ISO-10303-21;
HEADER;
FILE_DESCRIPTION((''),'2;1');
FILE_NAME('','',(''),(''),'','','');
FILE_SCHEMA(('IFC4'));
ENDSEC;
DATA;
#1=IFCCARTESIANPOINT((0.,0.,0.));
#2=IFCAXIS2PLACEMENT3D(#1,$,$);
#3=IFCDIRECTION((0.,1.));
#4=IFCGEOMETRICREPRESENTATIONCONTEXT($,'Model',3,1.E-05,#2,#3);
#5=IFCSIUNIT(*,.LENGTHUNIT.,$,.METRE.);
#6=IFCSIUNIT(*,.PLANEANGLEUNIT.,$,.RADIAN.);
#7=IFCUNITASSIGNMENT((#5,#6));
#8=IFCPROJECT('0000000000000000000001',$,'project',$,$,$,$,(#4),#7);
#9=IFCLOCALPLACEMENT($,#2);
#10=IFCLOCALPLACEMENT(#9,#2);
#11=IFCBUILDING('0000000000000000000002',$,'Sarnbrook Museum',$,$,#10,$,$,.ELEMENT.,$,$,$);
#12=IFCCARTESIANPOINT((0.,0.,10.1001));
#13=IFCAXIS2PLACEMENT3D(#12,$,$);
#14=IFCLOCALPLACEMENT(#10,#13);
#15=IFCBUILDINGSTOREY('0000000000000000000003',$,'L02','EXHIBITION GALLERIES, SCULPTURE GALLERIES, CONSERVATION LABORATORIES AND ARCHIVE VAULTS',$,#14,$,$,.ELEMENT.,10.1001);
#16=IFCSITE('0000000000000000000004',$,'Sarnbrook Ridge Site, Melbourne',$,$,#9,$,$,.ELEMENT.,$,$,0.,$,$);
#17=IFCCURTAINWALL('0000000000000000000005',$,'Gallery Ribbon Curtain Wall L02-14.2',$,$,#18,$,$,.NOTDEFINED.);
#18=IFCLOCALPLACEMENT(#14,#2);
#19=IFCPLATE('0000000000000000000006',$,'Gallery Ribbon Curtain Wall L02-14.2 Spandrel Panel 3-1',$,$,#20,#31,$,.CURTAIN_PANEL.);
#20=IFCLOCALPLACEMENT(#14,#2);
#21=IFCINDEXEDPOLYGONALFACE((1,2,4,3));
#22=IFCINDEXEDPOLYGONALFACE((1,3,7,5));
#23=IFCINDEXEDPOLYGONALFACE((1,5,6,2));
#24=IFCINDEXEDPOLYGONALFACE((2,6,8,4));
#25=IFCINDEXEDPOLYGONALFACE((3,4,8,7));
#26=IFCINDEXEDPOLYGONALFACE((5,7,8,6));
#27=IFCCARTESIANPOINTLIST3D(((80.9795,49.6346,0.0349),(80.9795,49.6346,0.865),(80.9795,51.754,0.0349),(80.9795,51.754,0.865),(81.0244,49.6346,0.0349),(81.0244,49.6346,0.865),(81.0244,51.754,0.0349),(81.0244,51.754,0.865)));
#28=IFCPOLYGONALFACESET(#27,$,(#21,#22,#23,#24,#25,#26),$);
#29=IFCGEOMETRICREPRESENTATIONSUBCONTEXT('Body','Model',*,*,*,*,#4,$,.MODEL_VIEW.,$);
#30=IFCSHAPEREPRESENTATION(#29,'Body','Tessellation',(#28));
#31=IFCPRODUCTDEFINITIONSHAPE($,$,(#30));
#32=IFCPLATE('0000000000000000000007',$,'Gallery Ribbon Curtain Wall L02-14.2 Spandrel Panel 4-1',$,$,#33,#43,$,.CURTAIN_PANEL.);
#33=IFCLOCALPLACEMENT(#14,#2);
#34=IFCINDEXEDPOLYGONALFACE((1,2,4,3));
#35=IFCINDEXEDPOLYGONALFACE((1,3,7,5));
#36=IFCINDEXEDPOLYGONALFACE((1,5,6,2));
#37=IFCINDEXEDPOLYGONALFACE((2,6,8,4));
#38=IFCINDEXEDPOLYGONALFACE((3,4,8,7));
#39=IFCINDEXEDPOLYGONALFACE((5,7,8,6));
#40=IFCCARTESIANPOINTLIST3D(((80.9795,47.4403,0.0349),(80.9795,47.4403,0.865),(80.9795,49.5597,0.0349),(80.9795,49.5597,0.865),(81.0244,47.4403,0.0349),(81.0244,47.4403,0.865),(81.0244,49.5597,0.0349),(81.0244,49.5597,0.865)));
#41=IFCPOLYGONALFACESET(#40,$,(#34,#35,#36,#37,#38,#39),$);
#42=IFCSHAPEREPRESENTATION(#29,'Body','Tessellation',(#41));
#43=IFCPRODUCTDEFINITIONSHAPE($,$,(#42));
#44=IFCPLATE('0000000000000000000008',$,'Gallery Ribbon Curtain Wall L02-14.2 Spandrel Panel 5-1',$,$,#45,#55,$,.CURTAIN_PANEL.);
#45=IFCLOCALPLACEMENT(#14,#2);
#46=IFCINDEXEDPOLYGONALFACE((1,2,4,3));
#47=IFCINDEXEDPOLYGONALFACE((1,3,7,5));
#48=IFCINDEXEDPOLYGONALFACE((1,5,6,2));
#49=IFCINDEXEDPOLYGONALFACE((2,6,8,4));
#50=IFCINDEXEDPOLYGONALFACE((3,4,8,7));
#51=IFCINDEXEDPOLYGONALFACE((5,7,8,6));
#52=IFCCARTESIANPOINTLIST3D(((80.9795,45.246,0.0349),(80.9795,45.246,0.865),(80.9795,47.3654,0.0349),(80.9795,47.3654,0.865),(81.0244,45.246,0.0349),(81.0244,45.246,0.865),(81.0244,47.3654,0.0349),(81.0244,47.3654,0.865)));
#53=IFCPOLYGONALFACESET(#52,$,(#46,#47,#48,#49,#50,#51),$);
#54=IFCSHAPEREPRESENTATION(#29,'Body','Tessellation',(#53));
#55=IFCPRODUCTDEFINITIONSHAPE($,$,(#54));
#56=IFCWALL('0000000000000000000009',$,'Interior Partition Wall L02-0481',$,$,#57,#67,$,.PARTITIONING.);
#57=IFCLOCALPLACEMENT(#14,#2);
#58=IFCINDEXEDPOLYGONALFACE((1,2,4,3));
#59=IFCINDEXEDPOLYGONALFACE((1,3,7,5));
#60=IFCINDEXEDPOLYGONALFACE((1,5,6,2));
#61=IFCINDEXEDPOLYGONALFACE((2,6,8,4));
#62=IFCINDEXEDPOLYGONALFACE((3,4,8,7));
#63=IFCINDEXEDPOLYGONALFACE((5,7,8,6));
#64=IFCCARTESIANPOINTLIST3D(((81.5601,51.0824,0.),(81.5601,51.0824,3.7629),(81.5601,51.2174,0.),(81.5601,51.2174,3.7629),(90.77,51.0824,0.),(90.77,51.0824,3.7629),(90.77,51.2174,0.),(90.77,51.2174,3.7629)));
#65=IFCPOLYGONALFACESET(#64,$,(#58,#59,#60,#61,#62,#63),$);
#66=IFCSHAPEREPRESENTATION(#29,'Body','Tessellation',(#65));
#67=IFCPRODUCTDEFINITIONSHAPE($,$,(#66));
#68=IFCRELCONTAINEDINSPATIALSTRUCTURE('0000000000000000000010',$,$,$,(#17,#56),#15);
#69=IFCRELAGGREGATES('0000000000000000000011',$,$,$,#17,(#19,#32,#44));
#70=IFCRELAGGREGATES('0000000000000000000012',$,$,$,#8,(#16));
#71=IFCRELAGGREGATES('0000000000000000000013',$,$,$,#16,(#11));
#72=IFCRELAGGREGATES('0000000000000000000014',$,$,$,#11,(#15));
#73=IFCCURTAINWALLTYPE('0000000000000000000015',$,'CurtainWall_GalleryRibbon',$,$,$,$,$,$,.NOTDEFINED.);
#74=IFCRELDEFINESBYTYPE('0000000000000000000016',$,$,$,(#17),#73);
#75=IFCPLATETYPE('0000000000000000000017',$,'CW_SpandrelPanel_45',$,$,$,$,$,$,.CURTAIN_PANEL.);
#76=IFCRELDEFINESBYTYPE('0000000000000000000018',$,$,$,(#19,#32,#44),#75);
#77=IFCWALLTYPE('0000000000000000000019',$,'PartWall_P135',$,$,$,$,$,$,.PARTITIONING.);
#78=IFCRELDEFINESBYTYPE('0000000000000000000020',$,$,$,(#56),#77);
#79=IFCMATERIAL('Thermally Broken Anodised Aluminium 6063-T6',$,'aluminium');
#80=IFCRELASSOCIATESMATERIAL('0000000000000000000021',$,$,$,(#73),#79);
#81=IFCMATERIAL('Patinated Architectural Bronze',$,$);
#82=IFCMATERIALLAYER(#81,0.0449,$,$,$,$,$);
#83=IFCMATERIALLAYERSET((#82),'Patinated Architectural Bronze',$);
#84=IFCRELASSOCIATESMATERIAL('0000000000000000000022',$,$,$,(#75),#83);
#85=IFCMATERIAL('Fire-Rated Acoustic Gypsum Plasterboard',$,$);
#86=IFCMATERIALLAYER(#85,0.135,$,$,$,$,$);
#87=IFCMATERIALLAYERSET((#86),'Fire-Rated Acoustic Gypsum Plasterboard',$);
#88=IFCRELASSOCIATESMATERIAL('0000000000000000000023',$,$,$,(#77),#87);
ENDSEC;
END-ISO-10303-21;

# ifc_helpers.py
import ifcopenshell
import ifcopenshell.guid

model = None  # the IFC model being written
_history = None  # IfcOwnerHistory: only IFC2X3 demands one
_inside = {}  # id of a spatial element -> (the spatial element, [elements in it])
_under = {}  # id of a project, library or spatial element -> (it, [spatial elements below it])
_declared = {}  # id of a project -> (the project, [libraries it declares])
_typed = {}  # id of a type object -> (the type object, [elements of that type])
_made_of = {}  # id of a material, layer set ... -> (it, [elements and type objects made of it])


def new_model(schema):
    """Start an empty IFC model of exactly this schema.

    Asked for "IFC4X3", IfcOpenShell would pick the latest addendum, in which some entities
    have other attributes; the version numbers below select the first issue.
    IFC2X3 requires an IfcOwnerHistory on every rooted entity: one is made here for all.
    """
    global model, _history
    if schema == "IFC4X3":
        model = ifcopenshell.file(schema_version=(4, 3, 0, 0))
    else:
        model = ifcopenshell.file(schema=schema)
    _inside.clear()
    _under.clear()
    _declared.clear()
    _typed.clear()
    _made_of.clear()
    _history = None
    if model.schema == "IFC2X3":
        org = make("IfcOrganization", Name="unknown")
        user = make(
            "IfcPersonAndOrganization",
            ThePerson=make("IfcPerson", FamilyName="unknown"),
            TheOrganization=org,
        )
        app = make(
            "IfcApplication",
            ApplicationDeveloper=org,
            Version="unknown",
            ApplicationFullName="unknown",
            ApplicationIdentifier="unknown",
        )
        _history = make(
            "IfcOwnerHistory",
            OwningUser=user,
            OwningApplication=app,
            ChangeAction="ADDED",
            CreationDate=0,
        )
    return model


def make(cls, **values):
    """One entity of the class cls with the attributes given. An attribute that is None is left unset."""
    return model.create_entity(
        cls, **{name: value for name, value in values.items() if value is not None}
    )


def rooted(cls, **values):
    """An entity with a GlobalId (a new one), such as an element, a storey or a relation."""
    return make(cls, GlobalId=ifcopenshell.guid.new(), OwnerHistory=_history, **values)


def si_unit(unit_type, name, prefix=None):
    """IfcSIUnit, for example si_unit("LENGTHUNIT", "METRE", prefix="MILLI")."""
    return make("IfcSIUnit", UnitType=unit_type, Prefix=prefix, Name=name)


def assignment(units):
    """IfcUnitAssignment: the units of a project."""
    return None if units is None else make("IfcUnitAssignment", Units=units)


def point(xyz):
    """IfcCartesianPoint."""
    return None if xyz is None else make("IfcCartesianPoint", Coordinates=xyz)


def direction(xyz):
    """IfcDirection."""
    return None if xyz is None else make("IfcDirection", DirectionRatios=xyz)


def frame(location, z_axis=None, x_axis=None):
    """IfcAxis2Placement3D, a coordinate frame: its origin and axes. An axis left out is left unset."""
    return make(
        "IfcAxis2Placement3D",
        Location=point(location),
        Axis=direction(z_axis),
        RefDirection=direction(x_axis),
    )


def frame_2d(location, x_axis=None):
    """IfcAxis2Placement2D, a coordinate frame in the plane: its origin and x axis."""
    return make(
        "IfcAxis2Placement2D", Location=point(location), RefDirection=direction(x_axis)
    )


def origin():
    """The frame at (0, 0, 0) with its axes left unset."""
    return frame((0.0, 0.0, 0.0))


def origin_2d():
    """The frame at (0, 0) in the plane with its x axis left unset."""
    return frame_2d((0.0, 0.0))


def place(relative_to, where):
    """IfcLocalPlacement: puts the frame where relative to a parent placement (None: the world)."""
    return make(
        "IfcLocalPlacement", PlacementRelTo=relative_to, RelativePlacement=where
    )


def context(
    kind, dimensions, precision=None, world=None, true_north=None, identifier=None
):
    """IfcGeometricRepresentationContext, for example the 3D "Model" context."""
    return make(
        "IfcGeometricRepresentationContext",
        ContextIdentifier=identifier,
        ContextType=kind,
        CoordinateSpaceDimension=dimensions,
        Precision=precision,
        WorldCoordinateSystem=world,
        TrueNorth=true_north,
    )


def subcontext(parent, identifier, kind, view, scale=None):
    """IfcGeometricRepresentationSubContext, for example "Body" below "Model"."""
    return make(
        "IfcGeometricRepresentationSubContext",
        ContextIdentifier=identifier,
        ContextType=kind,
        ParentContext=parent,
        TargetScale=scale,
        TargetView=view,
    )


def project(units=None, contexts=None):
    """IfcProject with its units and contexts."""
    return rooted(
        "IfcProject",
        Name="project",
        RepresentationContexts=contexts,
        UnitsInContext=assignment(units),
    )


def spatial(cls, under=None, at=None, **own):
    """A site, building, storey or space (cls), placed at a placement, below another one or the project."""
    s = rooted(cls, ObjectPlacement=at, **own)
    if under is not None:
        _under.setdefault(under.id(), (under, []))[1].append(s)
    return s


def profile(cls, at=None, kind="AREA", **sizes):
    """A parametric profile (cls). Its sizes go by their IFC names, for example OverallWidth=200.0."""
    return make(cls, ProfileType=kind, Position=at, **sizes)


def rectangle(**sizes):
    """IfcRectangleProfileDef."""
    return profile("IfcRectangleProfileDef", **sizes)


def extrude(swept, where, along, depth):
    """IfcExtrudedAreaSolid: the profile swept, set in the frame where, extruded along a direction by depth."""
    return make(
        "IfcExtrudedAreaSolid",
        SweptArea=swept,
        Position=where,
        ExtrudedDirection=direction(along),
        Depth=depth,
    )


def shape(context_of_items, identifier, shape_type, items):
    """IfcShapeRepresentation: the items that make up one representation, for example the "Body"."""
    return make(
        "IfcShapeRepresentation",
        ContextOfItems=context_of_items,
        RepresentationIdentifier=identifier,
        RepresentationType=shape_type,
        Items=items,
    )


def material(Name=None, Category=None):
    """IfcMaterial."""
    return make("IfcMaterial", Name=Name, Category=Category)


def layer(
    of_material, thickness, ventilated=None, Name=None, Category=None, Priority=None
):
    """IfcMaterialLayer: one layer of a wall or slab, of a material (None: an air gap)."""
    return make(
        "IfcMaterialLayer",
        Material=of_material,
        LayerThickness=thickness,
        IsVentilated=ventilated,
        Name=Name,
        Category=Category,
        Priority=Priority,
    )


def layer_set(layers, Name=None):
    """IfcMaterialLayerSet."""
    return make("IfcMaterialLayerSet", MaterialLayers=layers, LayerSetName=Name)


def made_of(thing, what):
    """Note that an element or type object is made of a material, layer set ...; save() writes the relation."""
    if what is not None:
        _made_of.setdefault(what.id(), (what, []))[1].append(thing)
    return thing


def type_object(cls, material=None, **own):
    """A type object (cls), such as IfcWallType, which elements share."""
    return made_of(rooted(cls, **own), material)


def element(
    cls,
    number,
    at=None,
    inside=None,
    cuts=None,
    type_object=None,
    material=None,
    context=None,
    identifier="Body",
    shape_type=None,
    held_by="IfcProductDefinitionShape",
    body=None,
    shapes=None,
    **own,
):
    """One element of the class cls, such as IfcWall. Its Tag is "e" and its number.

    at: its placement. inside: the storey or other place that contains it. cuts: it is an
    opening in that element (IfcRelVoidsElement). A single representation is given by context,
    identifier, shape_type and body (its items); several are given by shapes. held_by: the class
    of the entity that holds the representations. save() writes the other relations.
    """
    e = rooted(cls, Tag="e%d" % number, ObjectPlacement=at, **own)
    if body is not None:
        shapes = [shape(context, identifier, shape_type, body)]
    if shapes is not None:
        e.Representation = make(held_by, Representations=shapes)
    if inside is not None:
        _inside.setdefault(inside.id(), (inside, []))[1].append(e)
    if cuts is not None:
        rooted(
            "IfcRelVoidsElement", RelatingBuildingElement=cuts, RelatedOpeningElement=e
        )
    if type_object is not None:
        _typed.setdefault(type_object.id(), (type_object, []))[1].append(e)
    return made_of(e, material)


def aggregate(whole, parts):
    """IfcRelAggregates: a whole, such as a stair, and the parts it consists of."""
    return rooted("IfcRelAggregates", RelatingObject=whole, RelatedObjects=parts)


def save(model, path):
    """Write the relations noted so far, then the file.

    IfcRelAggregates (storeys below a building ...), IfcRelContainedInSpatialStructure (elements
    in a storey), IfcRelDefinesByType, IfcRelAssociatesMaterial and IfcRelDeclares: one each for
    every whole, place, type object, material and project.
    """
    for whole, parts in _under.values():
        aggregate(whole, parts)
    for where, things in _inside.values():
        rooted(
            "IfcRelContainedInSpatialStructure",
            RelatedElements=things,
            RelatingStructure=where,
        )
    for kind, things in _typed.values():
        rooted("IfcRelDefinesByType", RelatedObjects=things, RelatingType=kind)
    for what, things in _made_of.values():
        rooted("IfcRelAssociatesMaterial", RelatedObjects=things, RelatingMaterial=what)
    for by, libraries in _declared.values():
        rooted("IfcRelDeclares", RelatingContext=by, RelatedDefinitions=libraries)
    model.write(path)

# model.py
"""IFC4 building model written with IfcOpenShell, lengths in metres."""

from ifc_helpers import new_model, si_unit, direction, frame, frame_2d, origin, origin_2d, place, context, subcontext, project, spatial, rectangle, extrude, material, layer, layer_set, type_object, element, aggregate, save


model = new_model("IFC4")

# Units and contexts
model_context = context("Model", 3, precision=1e-05, world=origin(), true_north=direction((0.0, 1.0)))
body_context = subcontext(model_context, "Body", "Model", "MODEL_VIEW")
ifc_project = project(units=[si_unit("LENGTHUNIT", "METRE"), si_unit("PLANEANGLEUNIT", "RADIAN")], contexts=[model_context])

# Site, building, storey
site_placement = place(None, origin())
site = spatial("IfcSite", under=ifc_project, at=site_placement, Name="Sarnbrook Ridge Site, Melbourne", CompositionType="ELEMENT", RefElevation=0.0)
building_placement = place(site_placement, origin())
building = spatial("IfcBuilding", under=site, at=building_placement, Name="Sarnbrook Museum", CompositionType="ELEMENT")
storey_placement = place(building_placement, frame((0.0, 0.0, 10.1001)))
storey = spatial("IfcBuildingStorey", under=building, at=storey_placement, Name="L02", Description="EXHIBITION GALLERIES, SCULPTURE GALLERIES, CONSERVATION LABORATORIES AND ARCHIVE VAULTS", CompositionType="ELEMENT", Elevation=10.1001)

# Curtain wall, plates
ifc_material_1 = material(Name="Thermally Broken Anodised Aluminium 6063-T6", Category="aluminium")
curtain_wall_type = type_object("IfcCurtainWallType", Name="CurtainWall_GalleryRibbon", PredefinedType="NOTDEFINED", material=ifc_material_1)
curtain_wall_placement = place(storey_placement, origin())
curtain_wall = element("IfcCurtainWall", 1, at=curtain_wall_placement, inside=storey, type_object=curtain_wall_type, Name="Gallery Ribbon Curtain Wall L02-14.2", PredefinedType="NOTDEFINED")
ifc_material_2 = material(Name="Patinated Architectural Bronze")
ifc_layer_1 = layer(ifc_material_2, 0.0449)
ifc_layer_set_1 = layer_set([ifc_layer_1], Name="Patinated Architectural Bronze")
plate_type_1 = type_object("IfcPlateType", Name="CW_SpandrelPanel_45", PredefinedType="CURTAIN_PANEL", material=ifc_layer_set_1)
plate_1_placement = place(storey_placement, frame((81.0244, 50.6943, 0.45), z_axis=(-1.0, 0.0, 0.0), x_axis=(0.0, -1.0, 0.0)))
plate_1 = element("IfcPlate", 2, at=plate_1_placement, type_object=plate_type_1, Name="Gallery Ribbon Curtain Wall L02-14.2 Spandrel Panel 3-1", PredefinedType="CURTAIN_PANEL", context=body_context, shape_type="SweptSolid", body=[
    extrude(rectangle(XDim=2.1194, YDim=0.8301, at=origin_2d()), origin(), (0.0, 0.0, 1.0), 0.0449),
])
plate_2_placement = place(storey_placement, frame((81.0244, 48.5, 0.45), z_axis=(-1.0, 0.0, 0.0), x_axis=(0.0, -1.0, 0.0)))
plate_2 = element("IfcPlate", 3, at=plate_2_placement, type_object=plate_type_1, Name="Gallery Ribbon Curtain Wall L02-14.2 Spandrel Panel 4-1", PredefinedType="CURTAIN_PANEL", context=body_context, shape_type="SweptSolid", body=[
    extrude(rectangle(XDim=2.1194, YDim=0.8301, at=origin_2d()), origin(), (0.0, 0.0, 1.0), 0.0449),
])
plate_3_placement = place(storey_placement, frame((81.0244, 46.3057, 0.45), z_axis=(-1.0, 0.0, 0.0), x_axis=(0.0, -1.0, 0.0)))
plate_3 = element("IfcPlate", 4, at=plate_3_placement, type_object=plate_type_1, Name="Gallery Ribbon Curtain Wall L02-14.2 Spandrel Panel 5-1", PredefinedType="CURTAIN_PANEL", context=body_context, shape_type="SweptSolid", body=[
    extrude(rectangle(XDim=2.1194, YDim=0.8301, at=origin_2d()), origin(), (0.0, 0.0, 1.0), 0.0449),
])
aggregate(curtain_wall, [plate_1, plate_2, plate_3])

# Wall
ifc_material_3 = material(Name="Fire-Rated Acoustic Gypsum Plasterboard")
ifc_layer_2 = layer(ifc_material_3, 0.135)
ifc_layer_set_2 = layer_set([ifc_layer_2], Name="Fire-Rated Acoustic Gypsum Plasterboard")
wall_type = type_object("IfcWallType", Name="PartWall_P135", PredefinedType="PARTITIONING", material=ifc_layer_set_2)
wall_placement = place(storey_placement, frame((81.5601, 51.1499, 0.0), z_axis=(0.0, 0.0, 1.0), x_axis=(1.0, 0.0, 0.0)))
element("IfcWall", 5, at=wall_placement, inside=storey, type_object=wall_type, Name="Interior Partition Wall L02-0481", PredefinedType="PARTITIONING", context=body_context, shape_type="SweptSolid", body=[
    extrude(rectangle(XDim=9.21, YDim=0.135, at=frame_2d((4.605, 0.0))), origin(), (0.0, 0.0, 1.0), 3.7629),
])

save(model, "model.ifc")
